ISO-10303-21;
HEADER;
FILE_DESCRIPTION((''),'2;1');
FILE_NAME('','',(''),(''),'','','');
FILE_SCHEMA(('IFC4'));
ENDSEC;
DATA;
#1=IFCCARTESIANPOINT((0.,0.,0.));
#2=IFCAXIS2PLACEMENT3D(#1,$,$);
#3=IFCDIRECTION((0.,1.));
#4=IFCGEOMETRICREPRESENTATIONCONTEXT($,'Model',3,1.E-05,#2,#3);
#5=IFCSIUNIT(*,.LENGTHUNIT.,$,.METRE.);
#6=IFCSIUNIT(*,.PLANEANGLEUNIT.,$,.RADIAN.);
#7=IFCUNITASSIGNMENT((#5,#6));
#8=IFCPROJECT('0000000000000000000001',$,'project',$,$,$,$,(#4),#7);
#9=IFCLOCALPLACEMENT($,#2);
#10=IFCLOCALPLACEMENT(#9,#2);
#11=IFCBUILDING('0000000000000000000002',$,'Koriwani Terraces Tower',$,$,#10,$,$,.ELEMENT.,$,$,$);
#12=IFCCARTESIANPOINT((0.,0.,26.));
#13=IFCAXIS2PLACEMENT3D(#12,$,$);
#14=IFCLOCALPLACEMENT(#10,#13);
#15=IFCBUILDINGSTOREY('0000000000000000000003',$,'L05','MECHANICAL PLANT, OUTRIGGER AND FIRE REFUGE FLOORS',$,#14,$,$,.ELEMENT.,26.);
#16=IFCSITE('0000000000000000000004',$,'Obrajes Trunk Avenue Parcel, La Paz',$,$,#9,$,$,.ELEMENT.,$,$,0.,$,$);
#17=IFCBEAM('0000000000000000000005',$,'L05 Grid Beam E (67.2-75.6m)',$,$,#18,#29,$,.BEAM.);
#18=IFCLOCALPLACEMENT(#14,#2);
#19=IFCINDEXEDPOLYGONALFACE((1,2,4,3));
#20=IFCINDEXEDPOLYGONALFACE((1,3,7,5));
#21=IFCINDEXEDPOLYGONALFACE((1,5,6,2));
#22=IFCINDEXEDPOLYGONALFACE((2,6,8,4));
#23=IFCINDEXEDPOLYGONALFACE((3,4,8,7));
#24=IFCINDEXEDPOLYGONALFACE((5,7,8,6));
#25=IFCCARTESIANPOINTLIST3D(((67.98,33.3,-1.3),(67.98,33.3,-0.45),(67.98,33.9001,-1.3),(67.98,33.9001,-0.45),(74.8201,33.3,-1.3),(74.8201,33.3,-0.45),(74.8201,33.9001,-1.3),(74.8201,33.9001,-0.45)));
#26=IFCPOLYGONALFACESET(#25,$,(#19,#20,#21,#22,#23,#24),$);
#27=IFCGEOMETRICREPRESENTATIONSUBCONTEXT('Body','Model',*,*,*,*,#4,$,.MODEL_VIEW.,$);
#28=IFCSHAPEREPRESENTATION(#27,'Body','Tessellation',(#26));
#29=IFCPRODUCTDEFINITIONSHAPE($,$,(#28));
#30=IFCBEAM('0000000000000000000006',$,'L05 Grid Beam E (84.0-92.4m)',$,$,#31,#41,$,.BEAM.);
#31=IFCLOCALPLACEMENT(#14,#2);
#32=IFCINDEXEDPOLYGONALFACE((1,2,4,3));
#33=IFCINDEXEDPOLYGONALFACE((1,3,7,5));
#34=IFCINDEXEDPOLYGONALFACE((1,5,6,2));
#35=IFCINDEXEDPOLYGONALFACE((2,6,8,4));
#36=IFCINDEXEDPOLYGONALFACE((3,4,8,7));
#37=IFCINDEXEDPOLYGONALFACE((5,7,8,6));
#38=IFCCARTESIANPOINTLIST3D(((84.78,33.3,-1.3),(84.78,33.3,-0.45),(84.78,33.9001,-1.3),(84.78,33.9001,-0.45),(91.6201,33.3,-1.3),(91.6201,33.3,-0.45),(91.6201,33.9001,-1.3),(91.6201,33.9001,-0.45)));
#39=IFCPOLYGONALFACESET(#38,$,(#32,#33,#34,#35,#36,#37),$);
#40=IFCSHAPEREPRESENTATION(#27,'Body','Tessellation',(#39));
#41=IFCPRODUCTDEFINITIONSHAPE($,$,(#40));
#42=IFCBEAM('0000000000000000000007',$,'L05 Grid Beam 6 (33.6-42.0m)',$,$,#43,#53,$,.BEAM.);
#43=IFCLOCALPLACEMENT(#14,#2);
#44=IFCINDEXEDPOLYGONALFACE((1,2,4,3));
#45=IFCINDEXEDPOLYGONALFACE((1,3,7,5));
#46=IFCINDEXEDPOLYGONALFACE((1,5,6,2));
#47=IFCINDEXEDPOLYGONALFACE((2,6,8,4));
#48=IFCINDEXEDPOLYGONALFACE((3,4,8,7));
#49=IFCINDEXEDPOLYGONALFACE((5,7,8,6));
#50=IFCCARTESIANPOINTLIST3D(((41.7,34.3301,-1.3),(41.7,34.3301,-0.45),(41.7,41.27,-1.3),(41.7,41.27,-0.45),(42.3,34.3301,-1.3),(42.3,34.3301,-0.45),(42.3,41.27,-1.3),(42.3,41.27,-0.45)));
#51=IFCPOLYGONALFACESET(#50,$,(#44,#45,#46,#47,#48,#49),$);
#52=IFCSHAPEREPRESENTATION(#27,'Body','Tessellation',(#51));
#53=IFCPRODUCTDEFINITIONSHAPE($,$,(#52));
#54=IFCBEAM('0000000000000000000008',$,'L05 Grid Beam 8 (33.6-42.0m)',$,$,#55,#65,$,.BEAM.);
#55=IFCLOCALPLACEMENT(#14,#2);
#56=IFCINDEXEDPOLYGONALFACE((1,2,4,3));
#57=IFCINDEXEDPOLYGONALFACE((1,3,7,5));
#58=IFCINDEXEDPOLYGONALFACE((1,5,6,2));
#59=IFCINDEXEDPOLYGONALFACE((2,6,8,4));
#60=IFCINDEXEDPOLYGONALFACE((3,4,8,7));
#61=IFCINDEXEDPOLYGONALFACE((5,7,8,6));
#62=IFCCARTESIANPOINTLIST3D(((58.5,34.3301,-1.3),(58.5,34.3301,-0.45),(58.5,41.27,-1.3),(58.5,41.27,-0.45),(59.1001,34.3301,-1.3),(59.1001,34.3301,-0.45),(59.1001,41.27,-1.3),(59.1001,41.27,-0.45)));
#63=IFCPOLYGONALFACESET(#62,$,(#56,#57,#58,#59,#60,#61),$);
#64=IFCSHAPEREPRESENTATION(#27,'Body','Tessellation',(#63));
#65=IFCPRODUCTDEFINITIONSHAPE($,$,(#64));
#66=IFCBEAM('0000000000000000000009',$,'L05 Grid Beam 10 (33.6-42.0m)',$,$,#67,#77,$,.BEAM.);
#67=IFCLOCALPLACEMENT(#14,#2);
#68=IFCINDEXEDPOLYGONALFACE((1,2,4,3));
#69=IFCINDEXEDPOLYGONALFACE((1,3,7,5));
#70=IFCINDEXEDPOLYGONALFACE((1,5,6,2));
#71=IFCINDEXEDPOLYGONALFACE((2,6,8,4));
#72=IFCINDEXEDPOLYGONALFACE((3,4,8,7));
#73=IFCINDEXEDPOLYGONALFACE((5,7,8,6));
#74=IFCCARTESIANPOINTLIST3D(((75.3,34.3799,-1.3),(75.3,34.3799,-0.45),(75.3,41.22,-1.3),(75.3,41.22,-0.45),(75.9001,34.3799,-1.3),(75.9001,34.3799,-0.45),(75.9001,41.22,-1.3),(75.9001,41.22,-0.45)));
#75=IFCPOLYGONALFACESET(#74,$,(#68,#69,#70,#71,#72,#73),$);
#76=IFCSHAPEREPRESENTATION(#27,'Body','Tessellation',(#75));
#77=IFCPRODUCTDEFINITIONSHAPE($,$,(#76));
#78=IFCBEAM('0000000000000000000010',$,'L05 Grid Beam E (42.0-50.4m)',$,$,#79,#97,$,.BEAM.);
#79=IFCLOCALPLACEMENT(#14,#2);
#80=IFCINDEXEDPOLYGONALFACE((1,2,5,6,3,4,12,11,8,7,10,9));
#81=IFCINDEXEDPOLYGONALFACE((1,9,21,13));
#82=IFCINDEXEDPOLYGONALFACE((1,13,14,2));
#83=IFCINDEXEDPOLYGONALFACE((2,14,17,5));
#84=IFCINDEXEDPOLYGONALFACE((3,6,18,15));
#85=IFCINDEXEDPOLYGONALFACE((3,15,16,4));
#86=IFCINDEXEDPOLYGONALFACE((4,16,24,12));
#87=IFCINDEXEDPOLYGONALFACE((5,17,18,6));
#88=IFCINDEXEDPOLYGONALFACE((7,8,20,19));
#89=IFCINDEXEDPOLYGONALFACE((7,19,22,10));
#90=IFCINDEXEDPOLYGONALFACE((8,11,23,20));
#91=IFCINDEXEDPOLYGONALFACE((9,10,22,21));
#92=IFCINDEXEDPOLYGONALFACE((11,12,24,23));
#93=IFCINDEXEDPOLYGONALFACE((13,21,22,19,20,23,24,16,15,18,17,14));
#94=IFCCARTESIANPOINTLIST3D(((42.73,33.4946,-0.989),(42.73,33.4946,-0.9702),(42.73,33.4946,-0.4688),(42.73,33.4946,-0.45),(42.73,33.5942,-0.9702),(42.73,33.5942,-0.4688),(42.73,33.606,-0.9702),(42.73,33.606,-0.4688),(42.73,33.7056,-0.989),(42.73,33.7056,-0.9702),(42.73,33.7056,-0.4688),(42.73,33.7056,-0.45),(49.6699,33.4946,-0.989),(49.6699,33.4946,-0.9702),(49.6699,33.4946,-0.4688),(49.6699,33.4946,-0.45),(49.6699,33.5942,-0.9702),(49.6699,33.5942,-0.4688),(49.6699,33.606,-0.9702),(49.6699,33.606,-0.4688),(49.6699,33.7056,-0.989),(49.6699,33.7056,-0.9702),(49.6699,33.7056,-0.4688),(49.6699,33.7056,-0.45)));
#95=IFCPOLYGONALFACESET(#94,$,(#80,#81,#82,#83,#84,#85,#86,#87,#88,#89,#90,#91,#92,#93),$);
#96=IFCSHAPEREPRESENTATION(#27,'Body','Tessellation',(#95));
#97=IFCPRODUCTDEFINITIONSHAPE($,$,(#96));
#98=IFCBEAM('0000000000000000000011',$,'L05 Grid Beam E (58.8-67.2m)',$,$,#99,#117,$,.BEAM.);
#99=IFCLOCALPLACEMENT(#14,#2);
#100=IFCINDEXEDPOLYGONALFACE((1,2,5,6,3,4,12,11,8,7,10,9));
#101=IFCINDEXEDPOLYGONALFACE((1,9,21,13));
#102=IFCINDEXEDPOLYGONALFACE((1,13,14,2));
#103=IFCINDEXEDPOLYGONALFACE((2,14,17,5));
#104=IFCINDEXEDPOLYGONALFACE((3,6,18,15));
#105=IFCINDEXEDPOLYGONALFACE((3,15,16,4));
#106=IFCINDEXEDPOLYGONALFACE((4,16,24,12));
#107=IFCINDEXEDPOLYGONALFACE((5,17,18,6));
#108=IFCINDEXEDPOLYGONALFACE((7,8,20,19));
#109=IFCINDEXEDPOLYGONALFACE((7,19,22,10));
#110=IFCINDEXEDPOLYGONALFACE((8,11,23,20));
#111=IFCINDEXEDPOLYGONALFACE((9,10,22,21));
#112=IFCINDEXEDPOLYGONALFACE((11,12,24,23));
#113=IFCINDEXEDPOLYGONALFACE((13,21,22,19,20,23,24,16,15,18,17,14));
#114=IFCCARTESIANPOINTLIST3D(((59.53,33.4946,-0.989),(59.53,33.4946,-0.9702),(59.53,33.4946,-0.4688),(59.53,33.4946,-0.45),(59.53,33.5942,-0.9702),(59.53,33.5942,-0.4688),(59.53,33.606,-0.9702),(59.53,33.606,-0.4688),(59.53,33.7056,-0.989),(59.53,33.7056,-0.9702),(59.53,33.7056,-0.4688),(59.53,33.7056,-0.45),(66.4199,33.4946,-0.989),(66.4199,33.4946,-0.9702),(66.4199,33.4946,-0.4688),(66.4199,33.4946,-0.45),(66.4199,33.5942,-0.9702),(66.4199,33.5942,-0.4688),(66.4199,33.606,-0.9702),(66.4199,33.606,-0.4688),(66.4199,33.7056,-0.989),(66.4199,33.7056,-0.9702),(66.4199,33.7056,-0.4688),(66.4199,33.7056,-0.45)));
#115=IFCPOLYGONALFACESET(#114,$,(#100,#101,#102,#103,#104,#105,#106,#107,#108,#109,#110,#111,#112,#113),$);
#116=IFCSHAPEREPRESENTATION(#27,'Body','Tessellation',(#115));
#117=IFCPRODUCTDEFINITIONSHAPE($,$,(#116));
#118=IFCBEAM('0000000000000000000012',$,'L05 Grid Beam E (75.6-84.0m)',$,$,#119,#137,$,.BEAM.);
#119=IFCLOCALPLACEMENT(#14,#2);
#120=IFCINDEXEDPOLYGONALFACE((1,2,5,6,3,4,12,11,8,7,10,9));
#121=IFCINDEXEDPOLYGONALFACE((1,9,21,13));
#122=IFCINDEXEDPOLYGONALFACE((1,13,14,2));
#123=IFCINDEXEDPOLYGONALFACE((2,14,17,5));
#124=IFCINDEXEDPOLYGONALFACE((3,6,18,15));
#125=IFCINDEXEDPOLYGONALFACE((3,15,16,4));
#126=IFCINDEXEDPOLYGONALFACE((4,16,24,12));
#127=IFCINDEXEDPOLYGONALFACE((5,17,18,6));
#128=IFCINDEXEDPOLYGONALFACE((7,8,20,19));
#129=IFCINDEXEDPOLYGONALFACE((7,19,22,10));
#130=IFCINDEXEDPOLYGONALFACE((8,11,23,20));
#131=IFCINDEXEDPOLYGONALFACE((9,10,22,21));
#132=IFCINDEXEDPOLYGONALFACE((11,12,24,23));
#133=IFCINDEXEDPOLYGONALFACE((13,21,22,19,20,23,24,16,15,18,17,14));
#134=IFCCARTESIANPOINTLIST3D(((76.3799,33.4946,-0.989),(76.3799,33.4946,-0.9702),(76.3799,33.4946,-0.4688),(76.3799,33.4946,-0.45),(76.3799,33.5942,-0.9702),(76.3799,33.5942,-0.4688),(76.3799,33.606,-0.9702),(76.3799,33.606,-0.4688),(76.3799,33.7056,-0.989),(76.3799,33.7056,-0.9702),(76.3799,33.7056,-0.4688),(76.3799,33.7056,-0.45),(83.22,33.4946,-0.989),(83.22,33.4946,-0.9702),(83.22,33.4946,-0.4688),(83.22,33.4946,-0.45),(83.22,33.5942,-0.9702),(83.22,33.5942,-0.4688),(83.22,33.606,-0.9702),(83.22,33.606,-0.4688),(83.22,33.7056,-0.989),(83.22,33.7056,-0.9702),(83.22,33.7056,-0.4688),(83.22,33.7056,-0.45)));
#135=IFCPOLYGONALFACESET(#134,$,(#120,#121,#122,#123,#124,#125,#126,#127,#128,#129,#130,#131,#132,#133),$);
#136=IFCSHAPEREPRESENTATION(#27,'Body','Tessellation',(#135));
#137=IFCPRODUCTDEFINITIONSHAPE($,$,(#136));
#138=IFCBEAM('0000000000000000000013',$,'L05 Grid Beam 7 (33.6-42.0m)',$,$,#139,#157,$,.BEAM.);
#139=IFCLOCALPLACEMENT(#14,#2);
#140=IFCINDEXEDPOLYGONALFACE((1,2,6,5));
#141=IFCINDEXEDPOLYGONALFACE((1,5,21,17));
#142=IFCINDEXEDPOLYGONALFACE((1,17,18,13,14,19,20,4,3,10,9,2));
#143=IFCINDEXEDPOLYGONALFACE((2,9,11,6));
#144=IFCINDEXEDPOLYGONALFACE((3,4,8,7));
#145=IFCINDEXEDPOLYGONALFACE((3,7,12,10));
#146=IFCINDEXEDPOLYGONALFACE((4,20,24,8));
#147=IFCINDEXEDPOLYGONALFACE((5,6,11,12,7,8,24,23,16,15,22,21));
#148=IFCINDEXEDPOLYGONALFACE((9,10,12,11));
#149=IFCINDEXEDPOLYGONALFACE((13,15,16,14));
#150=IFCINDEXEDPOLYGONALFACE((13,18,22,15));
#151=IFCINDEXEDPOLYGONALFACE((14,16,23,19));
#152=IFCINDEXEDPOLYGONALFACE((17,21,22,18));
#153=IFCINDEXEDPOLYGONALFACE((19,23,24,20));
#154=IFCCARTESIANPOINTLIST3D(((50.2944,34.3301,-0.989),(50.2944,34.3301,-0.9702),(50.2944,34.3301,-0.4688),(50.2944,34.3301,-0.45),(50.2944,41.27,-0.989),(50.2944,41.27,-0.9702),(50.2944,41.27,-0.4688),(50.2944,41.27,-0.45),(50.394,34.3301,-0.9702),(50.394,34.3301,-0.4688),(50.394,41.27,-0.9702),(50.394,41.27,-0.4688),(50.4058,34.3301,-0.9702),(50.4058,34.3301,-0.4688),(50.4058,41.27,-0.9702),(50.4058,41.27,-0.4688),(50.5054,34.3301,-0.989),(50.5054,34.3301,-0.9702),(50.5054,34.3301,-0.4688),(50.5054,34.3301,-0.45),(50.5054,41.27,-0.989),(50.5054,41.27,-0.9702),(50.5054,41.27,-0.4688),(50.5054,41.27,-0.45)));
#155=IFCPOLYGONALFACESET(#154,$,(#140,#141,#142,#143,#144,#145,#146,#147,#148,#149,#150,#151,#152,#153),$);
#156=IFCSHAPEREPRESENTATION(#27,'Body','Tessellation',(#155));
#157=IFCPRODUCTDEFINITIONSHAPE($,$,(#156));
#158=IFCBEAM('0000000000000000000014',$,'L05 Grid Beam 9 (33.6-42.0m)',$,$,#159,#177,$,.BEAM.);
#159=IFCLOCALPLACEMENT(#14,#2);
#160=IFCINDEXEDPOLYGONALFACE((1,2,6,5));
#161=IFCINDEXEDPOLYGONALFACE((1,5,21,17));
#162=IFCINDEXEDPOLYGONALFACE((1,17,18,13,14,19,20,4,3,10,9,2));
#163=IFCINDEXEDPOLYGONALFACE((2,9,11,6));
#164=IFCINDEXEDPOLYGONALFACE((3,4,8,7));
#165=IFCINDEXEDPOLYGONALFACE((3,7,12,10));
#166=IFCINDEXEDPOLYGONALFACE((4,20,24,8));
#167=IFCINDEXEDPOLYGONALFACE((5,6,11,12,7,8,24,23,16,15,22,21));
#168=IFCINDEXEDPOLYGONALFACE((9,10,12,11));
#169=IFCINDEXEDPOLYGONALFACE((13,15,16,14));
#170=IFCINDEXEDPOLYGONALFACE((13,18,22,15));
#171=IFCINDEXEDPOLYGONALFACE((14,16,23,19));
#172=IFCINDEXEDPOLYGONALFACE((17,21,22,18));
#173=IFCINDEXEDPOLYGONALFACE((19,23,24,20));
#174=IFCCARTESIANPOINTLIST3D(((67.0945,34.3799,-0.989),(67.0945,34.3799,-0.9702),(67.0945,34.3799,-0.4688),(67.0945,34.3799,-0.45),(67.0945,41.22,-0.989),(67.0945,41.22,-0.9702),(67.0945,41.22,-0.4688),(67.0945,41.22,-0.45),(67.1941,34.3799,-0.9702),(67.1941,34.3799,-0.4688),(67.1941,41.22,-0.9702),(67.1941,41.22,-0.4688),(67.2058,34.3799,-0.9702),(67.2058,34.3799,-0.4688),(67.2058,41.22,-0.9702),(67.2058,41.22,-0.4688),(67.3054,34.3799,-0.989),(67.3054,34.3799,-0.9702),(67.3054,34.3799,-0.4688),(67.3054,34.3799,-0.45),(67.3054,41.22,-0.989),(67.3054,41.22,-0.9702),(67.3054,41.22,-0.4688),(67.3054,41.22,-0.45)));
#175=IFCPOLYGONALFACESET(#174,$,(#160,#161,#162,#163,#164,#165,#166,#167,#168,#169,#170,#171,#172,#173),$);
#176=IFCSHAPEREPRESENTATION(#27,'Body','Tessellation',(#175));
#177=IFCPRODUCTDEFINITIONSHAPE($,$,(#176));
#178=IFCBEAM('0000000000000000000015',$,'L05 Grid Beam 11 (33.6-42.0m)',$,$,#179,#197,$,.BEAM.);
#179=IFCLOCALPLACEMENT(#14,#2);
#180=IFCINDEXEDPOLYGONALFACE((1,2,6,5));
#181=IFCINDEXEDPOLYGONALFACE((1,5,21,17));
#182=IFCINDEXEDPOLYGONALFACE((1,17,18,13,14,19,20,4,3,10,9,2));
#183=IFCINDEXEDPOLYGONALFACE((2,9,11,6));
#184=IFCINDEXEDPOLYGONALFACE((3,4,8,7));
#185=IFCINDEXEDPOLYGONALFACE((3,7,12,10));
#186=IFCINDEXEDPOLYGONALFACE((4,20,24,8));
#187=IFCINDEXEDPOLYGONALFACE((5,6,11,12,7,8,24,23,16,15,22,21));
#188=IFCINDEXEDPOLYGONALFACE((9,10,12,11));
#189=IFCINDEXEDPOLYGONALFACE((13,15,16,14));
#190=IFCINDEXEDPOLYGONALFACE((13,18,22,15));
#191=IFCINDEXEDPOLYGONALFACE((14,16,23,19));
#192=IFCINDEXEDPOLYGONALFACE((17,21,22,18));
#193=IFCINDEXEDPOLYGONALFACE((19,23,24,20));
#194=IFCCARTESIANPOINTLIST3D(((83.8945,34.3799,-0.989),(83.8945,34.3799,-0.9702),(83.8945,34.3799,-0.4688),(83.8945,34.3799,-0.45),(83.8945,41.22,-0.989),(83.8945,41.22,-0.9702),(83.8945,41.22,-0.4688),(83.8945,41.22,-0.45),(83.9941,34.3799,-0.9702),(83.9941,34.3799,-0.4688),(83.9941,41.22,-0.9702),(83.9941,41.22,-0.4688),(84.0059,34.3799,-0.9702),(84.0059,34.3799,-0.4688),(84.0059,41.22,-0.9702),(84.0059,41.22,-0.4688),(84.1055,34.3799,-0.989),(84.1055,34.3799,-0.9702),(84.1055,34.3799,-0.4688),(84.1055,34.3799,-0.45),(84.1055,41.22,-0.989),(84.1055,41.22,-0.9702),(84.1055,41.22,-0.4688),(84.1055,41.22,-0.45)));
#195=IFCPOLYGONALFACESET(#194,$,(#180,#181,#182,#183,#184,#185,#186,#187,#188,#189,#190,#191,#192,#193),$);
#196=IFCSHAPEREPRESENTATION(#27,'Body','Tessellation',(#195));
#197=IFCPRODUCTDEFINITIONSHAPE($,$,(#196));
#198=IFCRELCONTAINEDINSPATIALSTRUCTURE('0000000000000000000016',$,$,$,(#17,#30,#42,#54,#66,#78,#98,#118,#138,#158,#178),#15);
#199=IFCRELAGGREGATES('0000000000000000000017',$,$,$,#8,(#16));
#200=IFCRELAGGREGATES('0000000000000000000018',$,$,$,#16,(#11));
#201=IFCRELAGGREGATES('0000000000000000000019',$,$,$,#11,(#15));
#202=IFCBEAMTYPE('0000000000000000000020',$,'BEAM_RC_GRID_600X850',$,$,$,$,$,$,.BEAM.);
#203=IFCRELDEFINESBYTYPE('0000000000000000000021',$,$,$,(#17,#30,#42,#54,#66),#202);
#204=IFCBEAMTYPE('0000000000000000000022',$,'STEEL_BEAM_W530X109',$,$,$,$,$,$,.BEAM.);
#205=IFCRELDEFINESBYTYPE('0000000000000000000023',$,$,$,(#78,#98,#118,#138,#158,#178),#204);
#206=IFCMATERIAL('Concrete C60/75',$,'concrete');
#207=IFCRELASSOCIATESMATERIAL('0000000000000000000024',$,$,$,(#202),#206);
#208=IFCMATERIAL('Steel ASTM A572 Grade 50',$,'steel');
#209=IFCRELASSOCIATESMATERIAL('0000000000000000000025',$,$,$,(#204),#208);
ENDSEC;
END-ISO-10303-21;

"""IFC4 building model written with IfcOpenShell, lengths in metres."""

from ifc_helpers import new_model, si_unit, direction, frame, origin, origin_2d, place, context, subcontext, project, spatial, rectangle, i_section, extrude, material, material_profile, profile_set, type_object, element, save


model = new_model("IFC4")

# Units and contexts
model_context = context("Model", 3, precision=1e-05, world=origin(), true_north=direction((0.0, 1.0)))
body_context = subcontext(model_context, "Body", "Model", "MODEL_VIEW")
ifc_project = project(units=[si_unit("LENGTHUNIT", "METRE"), si_unit("PLANEANGLEUNIT", "RADIAN")], contexts=[model_context])

# Site, building, storey
site_placement = place(None, origin())
site = spatial("IfcSite", under=ifc_project, at=site_placement, Name="Obrajes Trunk Avenue Parcel, La Paz", CompositionType="ELEMENT", RefElevation=0.0)
building_placement = place(site_placement, origin())
building = spatial("IfcBuilding", under=site, at=building_placement, Name="Koriwani Terraces Tower", CompositionType="ELEMENT")
storey_placement = place(building_placement, frame((0.0, 0.0, 26.0)))
storey = spatial("IfcBuildingStorey", under=building, at=storey_placement, Name="L05", Description="MECHANICAL PLANT, OUTRIGGER AND FIRE REFUGE FLOORS", CompositionType="ELEMENT", Elevation=26.0)

# Shared definitions
ifc_material_1 = material(Name="Concrete C60/75", Category="concrete")

# Beams
ifc_material_profile_1 = material_profile(ifc_material_1, rectangle(XDim=0.6001, YDim=0.8501, at=origin_2d()), Name="Concrete C60/75", Category="LoadBearing")
ifc_profile_set_1 = profile_set([ifc_material_profile_1], Name="Concrete C60/75")
beam_type_1 = type_object("IfcBeamType", Name="BEAM_RC_GRID_600X850", PredefinedType="BEAM", material=ifc_profile_set_1)
for number, where, z_axis, x_axis, name in (
    (1, (67.98, 33.6001, -0.875), (1.0, 0.0, 0.0), (0.0, 1.0, 0.0), "L05 Grid Beam E (67.2-75.6m)"),
    (2, (84.78, 33.6001, -0.875), (1.0, 0.0, 0.0), (0.0, 1.0, 0.0), "L05 Grid Beam E (84.0-92.4m)"),
):
    element("IfcBeam", number, at=place(storey_placement, frame(where, z_axis=z_axis, x_axis=x_axis)), inside=storey, type_object=beam_type_1, Name=name, PredefinedType="BEAM", context=body_context, shape_type="SweptSolid", body=[
        extrude(rectangle(XDim=0.6001, YDim=0.8501, at=origin_2d()), origin(), (0.0, 0.0, 1.0), 6.8401),
    ])
for number, where, z_axis, x_axis, name in (
    (3, (42.0, 34.3301, -0.875), (0.0, 1.0, 0.0), (-1.0, 0.0, 0.0), "L05 Grid Beam 6 (33.6-42.0m)"),
    (4, (58.8, 34.3301, -0.875), (0.0, 1.0, 0.0), (-1.0, 0.0, 0.0), "L05 Grid Beam 8 (33.6-42.0m)"),
):
    element("IfcBeam", number, at=place(storey_placement, frame(where, z_axis=z_axis, x_axis=x_axis)), inside=storey, type_object=beam_type_1, Name=name, PredefinedType="BEAM", context=body_context, shape_type="SweptSolid", body=[
        extrude(rectangle(XDim=0.6001, YDim=0.8501, at=origin_2d()), origin(), (0.0, 0.0, 1.0), 6.9399),
    ])
beam_1_placement = place(storey_placement, frame((75.6001, 34.3799, -0.875), z_axis=(0.0, 1.0, 0.0), x_axis=(-1.0, 0.0, 0.0)))
element("IfcBeam", 5, at=beam_1_placement, inside=storey, type_object=beam_type_1, Name="L05 Grid Beam 10 (33.6-42.0m)", PredefinedType="BEAM", context=body_context, shape_type="SweptSolid", body=[
    extrude(rectangle(XDim=0.6001, YDim=0.8501, at=origin_2d()), origin(), (0.0, 0.0, 1.0), 6.8401),
])
ifc_material_2 = material(Name="Steel ASTM A572 Grade 50", Category="steel")
ifc_material_profile_2 = material_profile(ifc_material_2, i_section(OverallWidth=0.2109, OverallDepth=0.5391, WebThickness=0.0117, FlangeThickness=0.0188, at=origin_2d()), Name="Steel ASTM A572 Grade 50", Category="LoadBearing")
ifc_profile_set_2 = profile_set([ifc_material_profile_2], Name="Steel ASTM A572 Grade 50")
beam_type_2 = type_object("IfcBeamType", Name="STEEL_BEAM_W530X109", PredefinedType="BEAM", material=ifc_profile_set_2)
beam_2_placement = place(storey_placement, frame((42.73, 33.6001, -0.7195), z_axis=(1.0, 0.0, 0.0), x_axis=(0.0, 1.0, 0.0)))
element("IfcBeam", 6, at=beam_2_placement, inside=storey, type_object=beam_type_2, Name="L05 Grid Beam E (42.0-50.4m)", PredefinedType="BEAM", context=body_context, shape_type="SweptSolid", body=[
    extrude(i_section(OverallWidth=0.2109, OverallDepth=0.5391, WebThickness=0.0117, FlangeThickness=0.0188, at=origin_2d()), origin(), (0.0, 0.0, 1.0), 6.9399),
])
beam_3_placement = place(storey_placement, frame((59.53, 33.6001, -0.7195), z_axis=(1.0, 0.0, 0.0), x_axis=(0.0, 1.0, 0.0)))
element("IfcBeam", 7, at=beam_3_placement, inside=storey, type_object=beam_type_2, Name="L05 Grid Beam E (58.8-67.2m)", PredefinedType="BEAM", context=body_context, shape_type="SweptSolid", body=[
    extrude(i_section(OverallWidth=0.2109, OverallDepth=0.5391, WebThickness=0.0117, FlangeThickness=0.0188, at=origin_2d()), origin(), (0.0, 0.0, 1.0), 6.8899),
])
beam_4_placement = place(storey_placement, frame((76.3799, 33.6001, -0.7195), z_axis=(1.0, 0.0, 0.0), x_axis=(0.0, 1.0, 0.0)))
element("IfcBeam", 8, at=beam_4_placement, inside=storey, type_object=beam_type_2, Name="L05 Grid Beam E (75.6-84.0m)", PredefinedType="BEAM", context=body_context, shape_type="SweptSolid", body=[
    extrude(i_section(OverallWidth=0.2109, OverallDepth=0.5391, WebThickness=0.0117, FlangeThickness=0.0188, at=origin_2d()), origin(), (0.0, 0.0, 1.0), 6.8401),
])
beam_5_placement = place(storey_placement, frame((50.3999, 34.3301, -0.7195), z_axis=(0.0, 1.0, 0.0), x_axis=(-1.0, 0.0, 0.0)))
element("IfcBeam", 9, at=beam_5_placement, inside=storey, type_object=beam_type_2, Name="L05 Grid Beam 7 (33.6-42.0m)", PredefinedType="BEAM", context=body_context, shape_type="SweptSolid", body=[
    extrude(i_section(OverallWidth=0.2109, OverallDepth=0.5391, WebThickness=0.0117, FlangeThickness=0.0188, at=origin_2d()), origin(), (0.0, 0.0, 1.0), 6.9399),
])
for number, where, z_axis, x_axis, name in (
    (10, (67.2, 34.3799, -0.7195), (0.0, 1.0, 0.0), (-1.0, 0.0, 0.0), "L05 Grid Beam 9 (33.6-42.0m)"),
    (11, (84.0, 34.3799, -0.7195), (0.0, 1.0, 0.0), (-1.0, 0.0, 0.0), "L05 Grid Beam 11 (33.6-42.0m)"),
):
    element("IfcBeam", number, at=place(storey_placement, frame(where, z_axis=z_axis, x_axis=x_axis)), inside=storey, type_object=beam_type_2, Name=name, PredefinedType="BEAM", context=body_context, shape_type="SweptSolid", body=[
        extrude(i_section(OverallWidth=0.2109, OverallDepth=0.5391, WebThickness=0.0117, FlangeThickness=0.0188, at=origin_2d()), origin(), (0.0, 0.0, 1.0), 6.8401),
    ])

save(model, "model.ifc")
